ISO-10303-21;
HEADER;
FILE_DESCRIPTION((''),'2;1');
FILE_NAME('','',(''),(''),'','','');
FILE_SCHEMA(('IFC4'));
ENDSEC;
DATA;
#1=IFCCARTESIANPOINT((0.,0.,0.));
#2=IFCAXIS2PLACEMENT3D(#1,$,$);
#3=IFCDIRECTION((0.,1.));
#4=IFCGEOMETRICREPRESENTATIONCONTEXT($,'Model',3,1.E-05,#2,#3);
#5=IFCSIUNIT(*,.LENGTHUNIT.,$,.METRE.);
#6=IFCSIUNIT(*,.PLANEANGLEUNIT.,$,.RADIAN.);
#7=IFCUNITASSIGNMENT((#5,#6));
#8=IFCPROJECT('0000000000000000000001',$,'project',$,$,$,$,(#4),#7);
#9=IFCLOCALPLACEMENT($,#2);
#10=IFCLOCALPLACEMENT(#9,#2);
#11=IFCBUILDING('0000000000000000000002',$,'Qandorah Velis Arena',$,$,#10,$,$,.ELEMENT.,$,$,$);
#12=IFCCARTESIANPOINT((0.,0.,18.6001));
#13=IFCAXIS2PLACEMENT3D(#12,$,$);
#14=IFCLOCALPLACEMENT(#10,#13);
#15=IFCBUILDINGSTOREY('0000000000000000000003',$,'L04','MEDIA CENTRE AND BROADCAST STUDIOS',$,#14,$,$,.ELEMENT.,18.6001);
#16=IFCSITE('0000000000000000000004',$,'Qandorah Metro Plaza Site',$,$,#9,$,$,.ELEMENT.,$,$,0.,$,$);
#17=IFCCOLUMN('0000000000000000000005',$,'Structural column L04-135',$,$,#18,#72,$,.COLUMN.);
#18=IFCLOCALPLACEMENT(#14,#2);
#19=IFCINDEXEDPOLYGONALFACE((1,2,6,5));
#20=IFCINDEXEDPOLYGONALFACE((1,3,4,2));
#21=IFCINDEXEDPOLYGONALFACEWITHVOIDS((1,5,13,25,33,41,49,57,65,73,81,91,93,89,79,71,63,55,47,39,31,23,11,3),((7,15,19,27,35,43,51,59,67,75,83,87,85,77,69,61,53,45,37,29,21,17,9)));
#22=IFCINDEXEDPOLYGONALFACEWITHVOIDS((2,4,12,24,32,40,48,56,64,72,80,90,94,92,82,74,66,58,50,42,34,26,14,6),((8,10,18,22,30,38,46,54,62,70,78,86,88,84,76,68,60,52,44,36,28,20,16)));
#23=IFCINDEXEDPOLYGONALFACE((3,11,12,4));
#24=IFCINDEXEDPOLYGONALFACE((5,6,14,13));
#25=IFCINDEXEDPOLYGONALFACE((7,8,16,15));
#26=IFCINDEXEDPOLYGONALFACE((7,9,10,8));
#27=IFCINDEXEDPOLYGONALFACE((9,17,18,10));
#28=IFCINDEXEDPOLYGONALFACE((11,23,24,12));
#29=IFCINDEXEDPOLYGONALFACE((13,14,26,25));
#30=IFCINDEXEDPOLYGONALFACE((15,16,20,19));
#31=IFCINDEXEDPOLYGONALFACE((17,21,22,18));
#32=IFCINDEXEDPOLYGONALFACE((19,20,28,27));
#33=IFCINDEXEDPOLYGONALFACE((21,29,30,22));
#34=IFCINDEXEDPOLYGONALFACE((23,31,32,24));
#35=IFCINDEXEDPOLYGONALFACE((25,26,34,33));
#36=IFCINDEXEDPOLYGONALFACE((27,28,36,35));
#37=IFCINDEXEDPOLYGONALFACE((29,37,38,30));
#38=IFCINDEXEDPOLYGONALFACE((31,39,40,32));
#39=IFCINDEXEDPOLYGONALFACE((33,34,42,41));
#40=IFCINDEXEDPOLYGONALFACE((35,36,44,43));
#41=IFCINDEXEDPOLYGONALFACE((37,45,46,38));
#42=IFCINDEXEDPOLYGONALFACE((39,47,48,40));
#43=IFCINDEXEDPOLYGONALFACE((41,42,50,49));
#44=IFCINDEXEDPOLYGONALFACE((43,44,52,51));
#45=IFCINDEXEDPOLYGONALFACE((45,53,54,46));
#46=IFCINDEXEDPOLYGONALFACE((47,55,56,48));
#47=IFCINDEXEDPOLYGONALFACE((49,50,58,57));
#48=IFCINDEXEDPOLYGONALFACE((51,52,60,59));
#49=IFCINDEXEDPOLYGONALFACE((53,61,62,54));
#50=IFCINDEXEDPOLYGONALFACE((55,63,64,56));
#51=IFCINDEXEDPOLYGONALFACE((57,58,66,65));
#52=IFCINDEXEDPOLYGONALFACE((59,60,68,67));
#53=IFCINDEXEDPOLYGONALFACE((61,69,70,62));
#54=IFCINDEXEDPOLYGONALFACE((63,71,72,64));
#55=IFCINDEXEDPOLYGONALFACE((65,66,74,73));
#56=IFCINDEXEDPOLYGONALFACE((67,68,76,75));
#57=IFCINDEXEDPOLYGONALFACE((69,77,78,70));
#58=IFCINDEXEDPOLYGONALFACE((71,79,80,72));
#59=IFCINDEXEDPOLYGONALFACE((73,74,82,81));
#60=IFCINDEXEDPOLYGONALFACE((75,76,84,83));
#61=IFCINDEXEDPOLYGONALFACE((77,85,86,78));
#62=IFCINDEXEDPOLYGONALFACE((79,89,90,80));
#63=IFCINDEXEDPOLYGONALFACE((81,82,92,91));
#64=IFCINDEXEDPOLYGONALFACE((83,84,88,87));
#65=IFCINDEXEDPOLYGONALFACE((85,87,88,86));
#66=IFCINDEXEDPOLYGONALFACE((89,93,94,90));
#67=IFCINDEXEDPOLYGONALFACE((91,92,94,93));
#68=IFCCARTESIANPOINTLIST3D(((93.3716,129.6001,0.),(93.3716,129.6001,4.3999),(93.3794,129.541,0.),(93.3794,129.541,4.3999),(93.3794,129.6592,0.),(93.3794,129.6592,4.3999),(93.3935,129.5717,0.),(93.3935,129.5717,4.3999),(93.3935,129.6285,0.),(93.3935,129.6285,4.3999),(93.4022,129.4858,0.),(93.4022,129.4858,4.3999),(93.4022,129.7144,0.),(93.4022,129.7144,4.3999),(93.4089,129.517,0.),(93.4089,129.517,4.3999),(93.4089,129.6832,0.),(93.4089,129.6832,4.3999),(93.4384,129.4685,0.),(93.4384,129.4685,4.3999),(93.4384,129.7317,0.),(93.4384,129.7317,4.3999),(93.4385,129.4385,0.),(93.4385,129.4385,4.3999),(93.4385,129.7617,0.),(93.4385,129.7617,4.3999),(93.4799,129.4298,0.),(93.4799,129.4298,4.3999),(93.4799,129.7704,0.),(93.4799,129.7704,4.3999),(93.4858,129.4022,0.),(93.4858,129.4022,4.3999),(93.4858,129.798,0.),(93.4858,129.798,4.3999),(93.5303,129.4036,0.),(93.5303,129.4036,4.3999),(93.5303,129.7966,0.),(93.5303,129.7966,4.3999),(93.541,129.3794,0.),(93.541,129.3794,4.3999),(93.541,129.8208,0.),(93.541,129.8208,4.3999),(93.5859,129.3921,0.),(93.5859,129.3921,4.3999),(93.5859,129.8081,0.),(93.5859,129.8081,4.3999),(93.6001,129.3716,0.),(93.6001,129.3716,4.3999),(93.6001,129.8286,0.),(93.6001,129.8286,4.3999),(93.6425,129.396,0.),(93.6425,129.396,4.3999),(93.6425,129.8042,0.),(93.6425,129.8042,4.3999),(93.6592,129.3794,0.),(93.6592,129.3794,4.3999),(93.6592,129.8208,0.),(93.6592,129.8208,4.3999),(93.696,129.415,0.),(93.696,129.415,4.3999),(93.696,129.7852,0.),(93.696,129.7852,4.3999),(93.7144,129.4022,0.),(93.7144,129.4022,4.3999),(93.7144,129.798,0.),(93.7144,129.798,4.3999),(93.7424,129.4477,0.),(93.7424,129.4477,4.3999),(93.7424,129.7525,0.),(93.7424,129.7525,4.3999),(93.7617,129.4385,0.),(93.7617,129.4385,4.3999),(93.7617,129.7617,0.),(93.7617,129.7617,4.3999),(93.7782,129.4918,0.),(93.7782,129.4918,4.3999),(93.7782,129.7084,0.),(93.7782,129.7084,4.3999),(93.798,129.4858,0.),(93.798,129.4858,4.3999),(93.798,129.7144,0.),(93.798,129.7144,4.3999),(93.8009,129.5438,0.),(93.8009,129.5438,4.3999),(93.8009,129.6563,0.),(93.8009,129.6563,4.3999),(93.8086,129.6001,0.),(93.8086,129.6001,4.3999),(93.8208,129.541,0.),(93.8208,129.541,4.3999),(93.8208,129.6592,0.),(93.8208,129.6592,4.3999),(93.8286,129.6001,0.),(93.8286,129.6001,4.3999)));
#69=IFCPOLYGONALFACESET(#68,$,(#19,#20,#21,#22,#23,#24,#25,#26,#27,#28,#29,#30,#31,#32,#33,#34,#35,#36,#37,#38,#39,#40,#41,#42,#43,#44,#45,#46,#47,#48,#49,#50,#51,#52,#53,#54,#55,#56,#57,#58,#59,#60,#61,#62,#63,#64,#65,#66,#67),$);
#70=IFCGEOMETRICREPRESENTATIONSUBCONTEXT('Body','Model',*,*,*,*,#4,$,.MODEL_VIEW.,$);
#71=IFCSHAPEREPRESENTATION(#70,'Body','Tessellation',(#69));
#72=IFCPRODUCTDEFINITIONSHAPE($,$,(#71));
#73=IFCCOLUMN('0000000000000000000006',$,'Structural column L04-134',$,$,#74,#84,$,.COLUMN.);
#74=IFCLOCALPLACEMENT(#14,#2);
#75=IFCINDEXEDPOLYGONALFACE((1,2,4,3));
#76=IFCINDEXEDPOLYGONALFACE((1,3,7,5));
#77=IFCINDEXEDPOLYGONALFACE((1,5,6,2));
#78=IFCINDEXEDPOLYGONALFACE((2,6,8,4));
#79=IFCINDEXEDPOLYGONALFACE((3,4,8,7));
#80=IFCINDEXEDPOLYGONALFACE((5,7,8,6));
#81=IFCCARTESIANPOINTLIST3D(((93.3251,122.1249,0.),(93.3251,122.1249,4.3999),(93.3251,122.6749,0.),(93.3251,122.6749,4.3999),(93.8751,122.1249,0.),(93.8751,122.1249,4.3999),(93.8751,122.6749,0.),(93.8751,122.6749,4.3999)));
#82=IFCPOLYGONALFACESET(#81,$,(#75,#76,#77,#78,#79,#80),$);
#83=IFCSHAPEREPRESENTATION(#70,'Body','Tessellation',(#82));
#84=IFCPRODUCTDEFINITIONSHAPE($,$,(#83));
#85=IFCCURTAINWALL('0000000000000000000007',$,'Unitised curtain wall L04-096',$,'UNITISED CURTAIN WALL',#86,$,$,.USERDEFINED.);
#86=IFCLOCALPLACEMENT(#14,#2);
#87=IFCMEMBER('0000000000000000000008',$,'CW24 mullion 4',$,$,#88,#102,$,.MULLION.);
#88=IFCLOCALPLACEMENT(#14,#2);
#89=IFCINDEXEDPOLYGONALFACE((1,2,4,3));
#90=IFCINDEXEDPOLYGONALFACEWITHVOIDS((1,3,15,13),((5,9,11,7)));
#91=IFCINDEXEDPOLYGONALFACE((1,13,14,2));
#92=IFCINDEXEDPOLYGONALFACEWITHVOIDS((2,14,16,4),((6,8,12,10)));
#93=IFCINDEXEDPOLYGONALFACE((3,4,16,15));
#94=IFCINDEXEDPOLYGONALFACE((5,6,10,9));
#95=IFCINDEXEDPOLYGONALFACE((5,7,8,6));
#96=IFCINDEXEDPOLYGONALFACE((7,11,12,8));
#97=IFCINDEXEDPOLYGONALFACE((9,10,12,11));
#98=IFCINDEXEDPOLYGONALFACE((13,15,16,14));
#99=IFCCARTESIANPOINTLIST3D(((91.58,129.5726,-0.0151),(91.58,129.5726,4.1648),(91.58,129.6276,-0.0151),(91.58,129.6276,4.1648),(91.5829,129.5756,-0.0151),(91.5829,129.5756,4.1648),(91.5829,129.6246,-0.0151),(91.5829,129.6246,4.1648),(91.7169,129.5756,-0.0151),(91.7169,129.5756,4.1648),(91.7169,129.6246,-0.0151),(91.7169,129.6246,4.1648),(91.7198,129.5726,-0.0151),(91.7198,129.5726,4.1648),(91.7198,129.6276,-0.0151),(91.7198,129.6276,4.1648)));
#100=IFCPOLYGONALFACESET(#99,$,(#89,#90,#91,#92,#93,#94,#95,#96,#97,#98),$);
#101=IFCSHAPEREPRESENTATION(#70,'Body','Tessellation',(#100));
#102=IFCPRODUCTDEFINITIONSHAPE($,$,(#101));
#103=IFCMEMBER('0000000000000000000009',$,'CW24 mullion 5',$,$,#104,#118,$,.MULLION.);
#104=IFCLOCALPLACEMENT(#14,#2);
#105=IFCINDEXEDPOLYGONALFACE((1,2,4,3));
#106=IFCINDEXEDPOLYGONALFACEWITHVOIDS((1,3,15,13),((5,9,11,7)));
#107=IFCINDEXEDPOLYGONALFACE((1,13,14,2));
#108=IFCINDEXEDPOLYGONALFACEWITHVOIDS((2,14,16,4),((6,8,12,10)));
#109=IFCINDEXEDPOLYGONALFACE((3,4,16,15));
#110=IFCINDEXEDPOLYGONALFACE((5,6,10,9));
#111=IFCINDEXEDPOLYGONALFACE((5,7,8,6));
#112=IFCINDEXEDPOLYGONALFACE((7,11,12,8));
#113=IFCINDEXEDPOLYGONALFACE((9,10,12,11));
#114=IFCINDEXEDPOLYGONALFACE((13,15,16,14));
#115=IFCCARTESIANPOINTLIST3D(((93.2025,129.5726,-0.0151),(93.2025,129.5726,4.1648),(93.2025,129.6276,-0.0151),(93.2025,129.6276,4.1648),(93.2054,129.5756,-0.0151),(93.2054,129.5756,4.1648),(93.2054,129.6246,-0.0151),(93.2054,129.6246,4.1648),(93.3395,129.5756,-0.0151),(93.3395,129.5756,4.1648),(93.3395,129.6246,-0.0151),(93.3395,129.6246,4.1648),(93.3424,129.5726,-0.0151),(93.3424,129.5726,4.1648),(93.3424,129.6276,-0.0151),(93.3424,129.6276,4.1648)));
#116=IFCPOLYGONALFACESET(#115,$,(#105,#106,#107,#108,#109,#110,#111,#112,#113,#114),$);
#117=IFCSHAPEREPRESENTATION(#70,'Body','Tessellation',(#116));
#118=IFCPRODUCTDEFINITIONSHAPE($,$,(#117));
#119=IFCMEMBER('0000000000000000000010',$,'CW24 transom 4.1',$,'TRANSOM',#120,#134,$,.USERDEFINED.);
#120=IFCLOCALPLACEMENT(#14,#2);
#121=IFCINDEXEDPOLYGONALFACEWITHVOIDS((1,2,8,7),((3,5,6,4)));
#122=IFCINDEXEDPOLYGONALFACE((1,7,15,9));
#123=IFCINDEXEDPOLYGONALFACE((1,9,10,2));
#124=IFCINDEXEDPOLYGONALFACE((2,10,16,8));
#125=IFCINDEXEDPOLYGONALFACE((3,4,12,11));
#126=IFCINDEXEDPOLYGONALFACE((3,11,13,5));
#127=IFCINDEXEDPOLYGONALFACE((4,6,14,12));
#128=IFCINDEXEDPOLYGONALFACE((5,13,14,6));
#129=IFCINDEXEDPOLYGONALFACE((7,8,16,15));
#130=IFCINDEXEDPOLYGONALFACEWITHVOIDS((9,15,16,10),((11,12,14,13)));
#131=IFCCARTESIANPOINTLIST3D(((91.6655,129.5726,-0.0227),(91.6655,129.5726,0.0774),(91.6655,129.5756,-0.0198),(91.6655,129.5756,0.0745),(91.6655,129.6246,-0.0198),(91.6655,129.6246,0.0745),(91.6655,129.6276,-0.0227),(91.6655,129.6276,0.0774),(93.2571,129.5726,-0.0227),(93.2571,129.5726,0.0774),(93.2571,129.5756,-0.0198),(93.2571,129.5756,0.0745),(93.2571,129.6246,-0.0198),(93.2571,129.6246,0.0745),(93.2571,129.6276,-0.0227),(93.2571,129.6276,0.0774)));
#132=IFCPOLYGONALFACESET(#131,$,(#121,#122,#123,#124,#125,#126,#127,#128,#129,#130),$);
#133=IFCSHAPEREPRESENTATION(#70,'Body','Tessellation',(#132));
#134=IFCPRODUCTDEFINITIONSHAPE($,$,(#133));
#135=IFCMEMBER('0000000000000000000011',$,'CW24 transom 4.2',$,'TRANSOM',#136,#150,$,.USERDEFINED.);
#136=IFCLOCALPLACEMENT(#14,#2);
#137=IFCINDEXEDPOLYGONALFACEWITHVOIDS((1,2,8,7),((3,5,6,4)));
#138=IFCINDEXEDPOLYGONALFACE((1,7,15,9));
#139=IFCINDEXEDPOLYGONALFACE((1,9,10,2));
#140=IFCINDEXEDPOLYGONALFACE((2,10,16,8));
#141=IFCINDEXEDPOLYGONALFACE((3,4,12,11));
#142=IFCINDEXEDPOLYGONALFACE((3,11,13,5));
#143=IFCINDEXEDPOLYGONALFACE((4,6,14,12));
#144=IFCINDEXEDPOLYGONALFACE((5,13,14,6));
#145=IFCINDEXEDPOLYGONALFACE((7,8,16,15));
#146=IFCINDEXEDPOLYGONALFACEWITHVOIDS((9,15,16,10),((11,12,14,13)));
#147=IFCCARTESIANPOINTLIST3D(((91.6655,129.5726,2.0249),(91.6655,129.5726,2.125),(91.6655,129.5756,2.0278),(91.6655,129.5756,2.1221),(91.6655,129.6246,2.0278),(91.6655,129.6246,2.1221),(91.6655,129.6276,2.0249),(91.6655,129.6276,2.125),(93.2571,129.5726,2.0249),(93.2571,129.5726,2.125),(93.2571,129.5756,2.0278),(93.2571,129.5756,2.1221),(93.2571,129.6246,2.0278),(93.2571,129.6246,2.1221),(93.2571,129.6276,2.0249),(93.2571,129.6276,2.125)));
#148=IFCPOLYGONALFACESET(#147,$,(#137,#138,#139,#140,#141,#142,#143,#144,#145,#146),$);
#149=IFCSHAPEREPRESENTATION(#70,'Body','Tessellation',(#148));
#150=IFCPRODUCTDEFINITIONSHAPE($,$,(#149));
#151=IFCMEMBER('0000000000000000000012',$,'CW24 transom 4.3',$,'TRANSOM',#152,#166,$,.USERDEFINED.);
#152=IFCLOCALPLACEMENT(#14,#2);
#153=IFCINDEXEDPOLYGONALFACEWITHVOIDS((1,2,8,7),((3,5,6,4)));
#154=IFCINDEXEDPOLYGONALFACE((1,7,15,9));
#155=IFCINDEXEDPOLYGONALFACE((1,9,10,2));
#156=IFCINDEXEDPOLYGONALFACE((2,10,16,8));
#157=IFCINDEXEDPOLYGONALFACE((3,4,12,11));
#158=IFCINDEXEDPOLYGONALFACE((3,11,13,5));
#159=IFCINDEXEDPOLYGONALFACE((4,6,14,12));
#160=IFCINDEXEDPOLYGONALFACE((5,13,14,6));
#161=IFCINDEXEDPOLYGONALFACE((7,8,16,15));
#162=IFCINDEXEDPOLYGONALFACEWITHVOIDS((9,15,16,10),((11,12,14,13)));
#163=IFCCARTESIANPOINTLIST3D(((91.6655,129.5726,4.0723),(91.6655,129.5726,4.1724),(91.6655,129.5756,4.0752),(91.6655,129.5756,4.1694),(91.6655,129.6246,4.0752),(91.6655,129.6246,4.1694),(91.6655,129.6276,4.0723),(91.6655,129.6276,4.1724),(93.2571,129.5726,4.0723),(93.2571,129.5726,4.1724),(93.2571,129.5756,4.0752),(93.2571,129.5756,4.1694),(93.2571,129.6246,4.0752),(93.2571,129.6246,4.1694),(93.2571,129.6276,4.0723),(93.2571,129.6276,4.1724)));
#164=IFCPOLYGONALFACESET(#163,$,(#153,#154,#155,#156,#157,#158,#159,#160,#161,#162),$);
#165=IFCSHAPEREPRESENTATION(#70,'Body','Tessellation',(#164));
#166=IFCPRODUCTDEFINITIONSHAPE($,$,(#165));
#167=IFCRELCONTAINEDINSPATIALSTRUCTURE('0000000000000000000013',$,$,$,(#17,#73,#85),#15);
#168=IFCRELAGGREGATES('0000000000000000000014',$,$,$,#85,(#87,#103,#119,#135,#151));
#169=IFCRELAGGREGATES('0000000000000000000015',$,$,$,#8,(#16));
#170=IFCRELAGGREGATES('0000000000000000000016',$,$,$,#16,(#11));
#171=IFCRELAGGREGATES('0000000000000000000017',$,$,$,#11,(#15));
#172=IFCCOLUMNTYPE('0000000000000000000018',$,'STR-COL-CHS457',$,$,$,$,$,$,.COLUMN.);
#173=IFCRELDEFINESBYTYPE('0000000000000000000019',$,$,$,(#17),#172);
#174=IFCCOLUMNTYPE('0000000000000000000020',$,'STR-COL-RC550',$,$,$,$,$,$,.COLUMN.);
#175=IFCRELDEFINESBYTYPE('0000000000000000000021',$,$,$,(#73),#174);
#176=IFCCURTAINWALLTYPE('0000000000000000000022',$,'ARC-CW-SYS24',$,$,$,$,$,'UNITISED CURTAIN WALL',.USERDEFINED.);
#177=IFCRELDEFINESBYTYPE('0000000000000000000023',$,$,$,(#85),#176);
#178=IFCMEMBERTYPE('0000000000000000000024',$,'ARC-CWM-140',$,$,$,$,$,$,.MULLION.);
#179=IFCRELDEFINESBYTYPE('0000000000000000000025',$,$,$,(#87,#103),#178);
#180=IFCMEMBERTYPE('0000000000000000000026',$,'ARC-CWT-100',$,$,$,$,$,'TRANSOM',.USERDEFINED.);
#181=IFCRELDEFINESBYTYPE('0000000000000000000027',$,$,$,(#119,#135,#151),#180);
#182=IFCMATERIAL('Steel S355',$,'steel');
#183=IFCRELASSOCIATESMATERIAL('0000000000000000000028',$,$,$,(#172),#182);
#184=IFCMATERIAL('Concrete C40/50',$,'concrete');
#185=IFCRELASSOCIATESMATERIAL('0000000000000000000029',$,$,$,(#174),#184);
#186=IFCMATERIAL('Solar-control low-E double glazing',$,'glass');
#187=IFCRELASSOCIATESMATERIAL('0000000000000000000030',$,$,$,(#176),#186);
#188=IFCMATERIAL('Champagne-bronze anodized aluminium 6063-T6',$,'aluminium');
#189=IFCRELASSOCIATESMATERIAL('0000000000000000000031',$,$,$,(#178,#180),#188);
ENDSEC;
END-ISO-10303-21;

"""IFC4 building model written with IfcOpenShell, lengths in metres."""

from ifc_helpers import new_model, si_unit, direction, frame, origin, origin_2d, place, context, subcontext, project, spatial, rectangle, hollow_rectangle, hollow_circle, extrude, material, material_profile, profile_set, type_object, element, aggregate, save


model = new_model("IFC4")

# Units and contexts
model_context = context("Model", 3, precision=1e-05, world=origin(), true_north=direction((0.0, 1.0)))
body_context = subcontext(model_context, "Body", "Model", "MODEL_VIEW")
ifc_project = project(units=[si_unit("LENGTHUNIT", "METRE"), si_unit("PLANEANGLEUNIT", "RADIAN")], contexts=[model_context])

# Site, building, storey
site_placement = place(None, origin())
site = spatial("IfcSite", under=ifc_project, at=site_placement, Name="Qandorah Metro Plaza Site", CompositionType="ELEMENT", RefElevation=0.0)
building_placement = place(site_placement, origin())
building = spatial("IfcBuilding", under=site, at=building_placement, Name="Qandorah Velis Arena", CompositionType="ELEMENT")
storey_placement = place(building_placement, frame((0.0, 0.0, 18.6001)))
storey = spatial("IfcBuildingStorey", under=building, at=storey_placement, Name="L04", Description="MEDIA CENTRE AND BROADCAST STUDIOS", CompositionType="ELEMENT", Elevation=18.6001)

# Columns
ifc_material_1 = material(Name="Steel S355", Category="steel")
ifc_material_profile_1 = material_profile(ifc_material_1, hollow_circle(Radius=0.2285, WallThickness=0.02, at=origin_2d()), Name="CHS 457x20")
ifc_profile_set_1 = profile_set([ifc_material_profile_1], Name="Steel S355")
column_type_1 = type_object("IfcColumnType", Name="STR-COL-CHS457", PredefinedType="COLUMN", material=ifc_profile_set_1)
column_1_placement = place(storey_placement, frame((93.6001, 129.6001, 0.0), z_axis=(0.0, 0.0, 1.0), x_axis=(1.0, 0.0, 0.0)))
element("IfcColumn", 1, at=column_1_placement, inside=storey, type_object=column_type_1, Name="Structural column L04-135", PredefinedType="COLUMN", context=body_context, shape_type="SweptSolid", body=[
    extrude(hollow_circle(Radius=0.2285, WallThickness=0.02, at=origin_2d()), origin(), (0.0, 0.0, 1.0), 4.3999),
])
ifc_material_2 = material(Name="Concrete C40/50", Category="concrete")
ifc_material_profile_2 = material_profile(ifc_material_2, rectangle(XDim=0.55, YDim=0.55, at=origin_2d()), Name="RC COL 550x550")
ifc_profile_set_2 = profile_set([ifc_material_profile_2], Name="Concrete C40/50")
column_type_2 = type_object("IfcColumnType", Name="STR-COL-RC550", PredefinedType="COLUMN", material=ifc_profile_set_2)
column_2_placement = place(storey_placement, frame((93.6001, 122.3999, 0.0), z_axis=(0.0, 0.0, 1.0), x_axis=(1.0, 0.0, 0.0)))
element("IfcColumn", 2, at=column_2_placement, inside=storey, type_object=column_type_2, Name="Structural column L04-134", PredefinedType="COLUMN", context=body_context, shape_type="SweptSolid", body=[
    extrude(rectangle(XDim=0.55, YDim=0.55, at=origin_2d()), origin(), (0.0, 0.0, 1.0), 4.3999),
])

# Curtain wall, members
ifc_material_3 = material(Name="Solar-control low-E double glazing", Category="glass")
curtain_wall_type = type_object("IfcCurtainWallType", Name="ARC-CW-SYS24", ElementType="UNITISED CURTAIN WALL", PredefinedType="USERDEFINED", material=ifc_material_3)
curtain_wall_placement = place(storey_placement, origin())
curtain_wall = element("IfcCurtainWall", 3, at=curtain_wall_placement, inside=storey, type_object=curtain_wall_type, Name="Unitised curtain wall L04-096", ObjectType="UNITISED CURTAIN WALL", PredefinedType="USERDEFINED")
ifc_material_4 = material(Name="Champagne-bronze anodized aluminium 6063-T6", Category="aluminium")
ifc_material_profile_3 = material_profile(ifc_material_4, hollow_rectangle(XDim=0.0549, YDim=0.1399, WallThickness=0.0029, at=origin_2d()), Name="ALU MULLION 55x140")
ifc_profile_set_3 = profile_set([ifc_material_profile_3], Name="Champagne-bronze anodized aluminium 6063-T6")
member_type_1 = type_object("IfcMemberType", Name="ARC-CWM-140", PredefinedType="MULLION", material=ifc_profile_set_3)
member_1_placement = place(storey_placement, frame((91.6499, 129.6001, -0.0151), z_axis=(0.0, 0.0, 1.0), x_axis=(0.0, 1.0, 0.0)))
member_1 = element("IfcMember", 4, at=member_1_placement, type_object=member_type_1, Name="CW24 mullion 4", PredefinedType="MULLION", context=body_context, shape_type="SweptSolid", body=[
    extrude(hollow_rectangle(XDim=0.0549, YDim=0.1399, WallThickness=0.0029, at=origin_2d()), origin(), (0.0, 0.0, 1.0), 4.1799),
])
member_2_placement = place(storey_placement, frame((93.2725, 129.6001, -0.0151), z_axis=(0.0, 0.0, 1.0), x_axis=(0.0, 1.0, 0.0)))
member_2 = element("IfcMember", 5, at=member_2_placement, type_object=member_type_1, Name="CW24 mullion 5", PredefinedType="MULLION", context=body_context, shape_type="SweptSolid", body=[
    extrude(hollow_rectangle(XDim=0.0549, YDim=0.1399, WallThickness=0.0029, at=origin_2d()), origin(), (0.0, 0.0, 1.0), 4.1799),
])
ifc_material_profile_4 = material_profile(ifc_material_4, hollow_rectangle(XDim=0.0549, YDim=0.1001, WallThickness=0.0029, at=origin_2d()), Name="ALU TRANSOM 55x100")
ifc_profile_set_4 = profile_set([ifc_material_profile_4], Name="Champagne-bronze anodized aluminium 6063-T6")
member_type_2 = type_object("IfcMemberType", Name="ARC-CWT-100", ElementType="TRANSOM", PredefinedType="USERDEFINED", material=ifc_profile_set_4)
member_3_placement = place(storey_placement, frame((91.6655, 129.6001, 0.0273), z_axis=(1.0, 0.0, 0.0), x_axis=(0.0, 1.0, 0.0)))
member_3 = element("IfcMember", 6, at=member_3_placement, type_object=member_type_2, Name="CW24 transom 4.1", ObjectType="TRANSOM", PredefinedType="USERDEFINED", context=body_context, shape_type="SweptSolid", body=[
    extrude(hollow_rectangle(XDim=0.0549, YDim=0.1001, WallThickness=0.0029, at=origin_2d()), origin(), (0.0, 0.0, 1.0), 1.5916),
])
member_4_placement = place(storey_placement, frame((91.6655, 129.6001, 2.075), z_axis=(1.0, 0.0, 0.0), x_axis=(0.0, 1.0, 0.0)))
member_4 = element("IfcMember", 7, at=member_4_placement, type_object=member_type_2, Name="CW24 transom 4.2", ObjectType="TRANSOM", PredefinedType="USERDEFINED", context=body_context, shape_type="SweptSolid", body=[
    extrude(hollow_rectangle(XDim=0.0549, YDim=0.1001, WallThickness=0.0029, at=origin_2d()), origin(), (0.0, 0.0, 1.0), 1.5916),
])
member_5_placement = place(storey_placement, frame((91.6655, 129.6001, 4.1223), z_axis=(1.0, 0.0, 0.0), x_axis=(0.0, 1.0, 0.0)))
member_5 = element("IfcMember", 8, at=member_5_placement, type_object=member_type_2, Name="CW24 transom 4.3", ObjectType="TRANSOM", PredefinedType="USERDEFINED", context=body_context, shape_type="SweptSolid", body=[
    extrude(hollow_rectangle(XDim=0.0549, YDim=0.1001, WallThickness=0.0029, at=origin_2d()), origin(), (0.0, 0.0, 1.0), 1.5916),
])

aggregate(curtain_wall, [member_1, member_2, member_3, member_4, member_5])

save(model, "model.ifc")
